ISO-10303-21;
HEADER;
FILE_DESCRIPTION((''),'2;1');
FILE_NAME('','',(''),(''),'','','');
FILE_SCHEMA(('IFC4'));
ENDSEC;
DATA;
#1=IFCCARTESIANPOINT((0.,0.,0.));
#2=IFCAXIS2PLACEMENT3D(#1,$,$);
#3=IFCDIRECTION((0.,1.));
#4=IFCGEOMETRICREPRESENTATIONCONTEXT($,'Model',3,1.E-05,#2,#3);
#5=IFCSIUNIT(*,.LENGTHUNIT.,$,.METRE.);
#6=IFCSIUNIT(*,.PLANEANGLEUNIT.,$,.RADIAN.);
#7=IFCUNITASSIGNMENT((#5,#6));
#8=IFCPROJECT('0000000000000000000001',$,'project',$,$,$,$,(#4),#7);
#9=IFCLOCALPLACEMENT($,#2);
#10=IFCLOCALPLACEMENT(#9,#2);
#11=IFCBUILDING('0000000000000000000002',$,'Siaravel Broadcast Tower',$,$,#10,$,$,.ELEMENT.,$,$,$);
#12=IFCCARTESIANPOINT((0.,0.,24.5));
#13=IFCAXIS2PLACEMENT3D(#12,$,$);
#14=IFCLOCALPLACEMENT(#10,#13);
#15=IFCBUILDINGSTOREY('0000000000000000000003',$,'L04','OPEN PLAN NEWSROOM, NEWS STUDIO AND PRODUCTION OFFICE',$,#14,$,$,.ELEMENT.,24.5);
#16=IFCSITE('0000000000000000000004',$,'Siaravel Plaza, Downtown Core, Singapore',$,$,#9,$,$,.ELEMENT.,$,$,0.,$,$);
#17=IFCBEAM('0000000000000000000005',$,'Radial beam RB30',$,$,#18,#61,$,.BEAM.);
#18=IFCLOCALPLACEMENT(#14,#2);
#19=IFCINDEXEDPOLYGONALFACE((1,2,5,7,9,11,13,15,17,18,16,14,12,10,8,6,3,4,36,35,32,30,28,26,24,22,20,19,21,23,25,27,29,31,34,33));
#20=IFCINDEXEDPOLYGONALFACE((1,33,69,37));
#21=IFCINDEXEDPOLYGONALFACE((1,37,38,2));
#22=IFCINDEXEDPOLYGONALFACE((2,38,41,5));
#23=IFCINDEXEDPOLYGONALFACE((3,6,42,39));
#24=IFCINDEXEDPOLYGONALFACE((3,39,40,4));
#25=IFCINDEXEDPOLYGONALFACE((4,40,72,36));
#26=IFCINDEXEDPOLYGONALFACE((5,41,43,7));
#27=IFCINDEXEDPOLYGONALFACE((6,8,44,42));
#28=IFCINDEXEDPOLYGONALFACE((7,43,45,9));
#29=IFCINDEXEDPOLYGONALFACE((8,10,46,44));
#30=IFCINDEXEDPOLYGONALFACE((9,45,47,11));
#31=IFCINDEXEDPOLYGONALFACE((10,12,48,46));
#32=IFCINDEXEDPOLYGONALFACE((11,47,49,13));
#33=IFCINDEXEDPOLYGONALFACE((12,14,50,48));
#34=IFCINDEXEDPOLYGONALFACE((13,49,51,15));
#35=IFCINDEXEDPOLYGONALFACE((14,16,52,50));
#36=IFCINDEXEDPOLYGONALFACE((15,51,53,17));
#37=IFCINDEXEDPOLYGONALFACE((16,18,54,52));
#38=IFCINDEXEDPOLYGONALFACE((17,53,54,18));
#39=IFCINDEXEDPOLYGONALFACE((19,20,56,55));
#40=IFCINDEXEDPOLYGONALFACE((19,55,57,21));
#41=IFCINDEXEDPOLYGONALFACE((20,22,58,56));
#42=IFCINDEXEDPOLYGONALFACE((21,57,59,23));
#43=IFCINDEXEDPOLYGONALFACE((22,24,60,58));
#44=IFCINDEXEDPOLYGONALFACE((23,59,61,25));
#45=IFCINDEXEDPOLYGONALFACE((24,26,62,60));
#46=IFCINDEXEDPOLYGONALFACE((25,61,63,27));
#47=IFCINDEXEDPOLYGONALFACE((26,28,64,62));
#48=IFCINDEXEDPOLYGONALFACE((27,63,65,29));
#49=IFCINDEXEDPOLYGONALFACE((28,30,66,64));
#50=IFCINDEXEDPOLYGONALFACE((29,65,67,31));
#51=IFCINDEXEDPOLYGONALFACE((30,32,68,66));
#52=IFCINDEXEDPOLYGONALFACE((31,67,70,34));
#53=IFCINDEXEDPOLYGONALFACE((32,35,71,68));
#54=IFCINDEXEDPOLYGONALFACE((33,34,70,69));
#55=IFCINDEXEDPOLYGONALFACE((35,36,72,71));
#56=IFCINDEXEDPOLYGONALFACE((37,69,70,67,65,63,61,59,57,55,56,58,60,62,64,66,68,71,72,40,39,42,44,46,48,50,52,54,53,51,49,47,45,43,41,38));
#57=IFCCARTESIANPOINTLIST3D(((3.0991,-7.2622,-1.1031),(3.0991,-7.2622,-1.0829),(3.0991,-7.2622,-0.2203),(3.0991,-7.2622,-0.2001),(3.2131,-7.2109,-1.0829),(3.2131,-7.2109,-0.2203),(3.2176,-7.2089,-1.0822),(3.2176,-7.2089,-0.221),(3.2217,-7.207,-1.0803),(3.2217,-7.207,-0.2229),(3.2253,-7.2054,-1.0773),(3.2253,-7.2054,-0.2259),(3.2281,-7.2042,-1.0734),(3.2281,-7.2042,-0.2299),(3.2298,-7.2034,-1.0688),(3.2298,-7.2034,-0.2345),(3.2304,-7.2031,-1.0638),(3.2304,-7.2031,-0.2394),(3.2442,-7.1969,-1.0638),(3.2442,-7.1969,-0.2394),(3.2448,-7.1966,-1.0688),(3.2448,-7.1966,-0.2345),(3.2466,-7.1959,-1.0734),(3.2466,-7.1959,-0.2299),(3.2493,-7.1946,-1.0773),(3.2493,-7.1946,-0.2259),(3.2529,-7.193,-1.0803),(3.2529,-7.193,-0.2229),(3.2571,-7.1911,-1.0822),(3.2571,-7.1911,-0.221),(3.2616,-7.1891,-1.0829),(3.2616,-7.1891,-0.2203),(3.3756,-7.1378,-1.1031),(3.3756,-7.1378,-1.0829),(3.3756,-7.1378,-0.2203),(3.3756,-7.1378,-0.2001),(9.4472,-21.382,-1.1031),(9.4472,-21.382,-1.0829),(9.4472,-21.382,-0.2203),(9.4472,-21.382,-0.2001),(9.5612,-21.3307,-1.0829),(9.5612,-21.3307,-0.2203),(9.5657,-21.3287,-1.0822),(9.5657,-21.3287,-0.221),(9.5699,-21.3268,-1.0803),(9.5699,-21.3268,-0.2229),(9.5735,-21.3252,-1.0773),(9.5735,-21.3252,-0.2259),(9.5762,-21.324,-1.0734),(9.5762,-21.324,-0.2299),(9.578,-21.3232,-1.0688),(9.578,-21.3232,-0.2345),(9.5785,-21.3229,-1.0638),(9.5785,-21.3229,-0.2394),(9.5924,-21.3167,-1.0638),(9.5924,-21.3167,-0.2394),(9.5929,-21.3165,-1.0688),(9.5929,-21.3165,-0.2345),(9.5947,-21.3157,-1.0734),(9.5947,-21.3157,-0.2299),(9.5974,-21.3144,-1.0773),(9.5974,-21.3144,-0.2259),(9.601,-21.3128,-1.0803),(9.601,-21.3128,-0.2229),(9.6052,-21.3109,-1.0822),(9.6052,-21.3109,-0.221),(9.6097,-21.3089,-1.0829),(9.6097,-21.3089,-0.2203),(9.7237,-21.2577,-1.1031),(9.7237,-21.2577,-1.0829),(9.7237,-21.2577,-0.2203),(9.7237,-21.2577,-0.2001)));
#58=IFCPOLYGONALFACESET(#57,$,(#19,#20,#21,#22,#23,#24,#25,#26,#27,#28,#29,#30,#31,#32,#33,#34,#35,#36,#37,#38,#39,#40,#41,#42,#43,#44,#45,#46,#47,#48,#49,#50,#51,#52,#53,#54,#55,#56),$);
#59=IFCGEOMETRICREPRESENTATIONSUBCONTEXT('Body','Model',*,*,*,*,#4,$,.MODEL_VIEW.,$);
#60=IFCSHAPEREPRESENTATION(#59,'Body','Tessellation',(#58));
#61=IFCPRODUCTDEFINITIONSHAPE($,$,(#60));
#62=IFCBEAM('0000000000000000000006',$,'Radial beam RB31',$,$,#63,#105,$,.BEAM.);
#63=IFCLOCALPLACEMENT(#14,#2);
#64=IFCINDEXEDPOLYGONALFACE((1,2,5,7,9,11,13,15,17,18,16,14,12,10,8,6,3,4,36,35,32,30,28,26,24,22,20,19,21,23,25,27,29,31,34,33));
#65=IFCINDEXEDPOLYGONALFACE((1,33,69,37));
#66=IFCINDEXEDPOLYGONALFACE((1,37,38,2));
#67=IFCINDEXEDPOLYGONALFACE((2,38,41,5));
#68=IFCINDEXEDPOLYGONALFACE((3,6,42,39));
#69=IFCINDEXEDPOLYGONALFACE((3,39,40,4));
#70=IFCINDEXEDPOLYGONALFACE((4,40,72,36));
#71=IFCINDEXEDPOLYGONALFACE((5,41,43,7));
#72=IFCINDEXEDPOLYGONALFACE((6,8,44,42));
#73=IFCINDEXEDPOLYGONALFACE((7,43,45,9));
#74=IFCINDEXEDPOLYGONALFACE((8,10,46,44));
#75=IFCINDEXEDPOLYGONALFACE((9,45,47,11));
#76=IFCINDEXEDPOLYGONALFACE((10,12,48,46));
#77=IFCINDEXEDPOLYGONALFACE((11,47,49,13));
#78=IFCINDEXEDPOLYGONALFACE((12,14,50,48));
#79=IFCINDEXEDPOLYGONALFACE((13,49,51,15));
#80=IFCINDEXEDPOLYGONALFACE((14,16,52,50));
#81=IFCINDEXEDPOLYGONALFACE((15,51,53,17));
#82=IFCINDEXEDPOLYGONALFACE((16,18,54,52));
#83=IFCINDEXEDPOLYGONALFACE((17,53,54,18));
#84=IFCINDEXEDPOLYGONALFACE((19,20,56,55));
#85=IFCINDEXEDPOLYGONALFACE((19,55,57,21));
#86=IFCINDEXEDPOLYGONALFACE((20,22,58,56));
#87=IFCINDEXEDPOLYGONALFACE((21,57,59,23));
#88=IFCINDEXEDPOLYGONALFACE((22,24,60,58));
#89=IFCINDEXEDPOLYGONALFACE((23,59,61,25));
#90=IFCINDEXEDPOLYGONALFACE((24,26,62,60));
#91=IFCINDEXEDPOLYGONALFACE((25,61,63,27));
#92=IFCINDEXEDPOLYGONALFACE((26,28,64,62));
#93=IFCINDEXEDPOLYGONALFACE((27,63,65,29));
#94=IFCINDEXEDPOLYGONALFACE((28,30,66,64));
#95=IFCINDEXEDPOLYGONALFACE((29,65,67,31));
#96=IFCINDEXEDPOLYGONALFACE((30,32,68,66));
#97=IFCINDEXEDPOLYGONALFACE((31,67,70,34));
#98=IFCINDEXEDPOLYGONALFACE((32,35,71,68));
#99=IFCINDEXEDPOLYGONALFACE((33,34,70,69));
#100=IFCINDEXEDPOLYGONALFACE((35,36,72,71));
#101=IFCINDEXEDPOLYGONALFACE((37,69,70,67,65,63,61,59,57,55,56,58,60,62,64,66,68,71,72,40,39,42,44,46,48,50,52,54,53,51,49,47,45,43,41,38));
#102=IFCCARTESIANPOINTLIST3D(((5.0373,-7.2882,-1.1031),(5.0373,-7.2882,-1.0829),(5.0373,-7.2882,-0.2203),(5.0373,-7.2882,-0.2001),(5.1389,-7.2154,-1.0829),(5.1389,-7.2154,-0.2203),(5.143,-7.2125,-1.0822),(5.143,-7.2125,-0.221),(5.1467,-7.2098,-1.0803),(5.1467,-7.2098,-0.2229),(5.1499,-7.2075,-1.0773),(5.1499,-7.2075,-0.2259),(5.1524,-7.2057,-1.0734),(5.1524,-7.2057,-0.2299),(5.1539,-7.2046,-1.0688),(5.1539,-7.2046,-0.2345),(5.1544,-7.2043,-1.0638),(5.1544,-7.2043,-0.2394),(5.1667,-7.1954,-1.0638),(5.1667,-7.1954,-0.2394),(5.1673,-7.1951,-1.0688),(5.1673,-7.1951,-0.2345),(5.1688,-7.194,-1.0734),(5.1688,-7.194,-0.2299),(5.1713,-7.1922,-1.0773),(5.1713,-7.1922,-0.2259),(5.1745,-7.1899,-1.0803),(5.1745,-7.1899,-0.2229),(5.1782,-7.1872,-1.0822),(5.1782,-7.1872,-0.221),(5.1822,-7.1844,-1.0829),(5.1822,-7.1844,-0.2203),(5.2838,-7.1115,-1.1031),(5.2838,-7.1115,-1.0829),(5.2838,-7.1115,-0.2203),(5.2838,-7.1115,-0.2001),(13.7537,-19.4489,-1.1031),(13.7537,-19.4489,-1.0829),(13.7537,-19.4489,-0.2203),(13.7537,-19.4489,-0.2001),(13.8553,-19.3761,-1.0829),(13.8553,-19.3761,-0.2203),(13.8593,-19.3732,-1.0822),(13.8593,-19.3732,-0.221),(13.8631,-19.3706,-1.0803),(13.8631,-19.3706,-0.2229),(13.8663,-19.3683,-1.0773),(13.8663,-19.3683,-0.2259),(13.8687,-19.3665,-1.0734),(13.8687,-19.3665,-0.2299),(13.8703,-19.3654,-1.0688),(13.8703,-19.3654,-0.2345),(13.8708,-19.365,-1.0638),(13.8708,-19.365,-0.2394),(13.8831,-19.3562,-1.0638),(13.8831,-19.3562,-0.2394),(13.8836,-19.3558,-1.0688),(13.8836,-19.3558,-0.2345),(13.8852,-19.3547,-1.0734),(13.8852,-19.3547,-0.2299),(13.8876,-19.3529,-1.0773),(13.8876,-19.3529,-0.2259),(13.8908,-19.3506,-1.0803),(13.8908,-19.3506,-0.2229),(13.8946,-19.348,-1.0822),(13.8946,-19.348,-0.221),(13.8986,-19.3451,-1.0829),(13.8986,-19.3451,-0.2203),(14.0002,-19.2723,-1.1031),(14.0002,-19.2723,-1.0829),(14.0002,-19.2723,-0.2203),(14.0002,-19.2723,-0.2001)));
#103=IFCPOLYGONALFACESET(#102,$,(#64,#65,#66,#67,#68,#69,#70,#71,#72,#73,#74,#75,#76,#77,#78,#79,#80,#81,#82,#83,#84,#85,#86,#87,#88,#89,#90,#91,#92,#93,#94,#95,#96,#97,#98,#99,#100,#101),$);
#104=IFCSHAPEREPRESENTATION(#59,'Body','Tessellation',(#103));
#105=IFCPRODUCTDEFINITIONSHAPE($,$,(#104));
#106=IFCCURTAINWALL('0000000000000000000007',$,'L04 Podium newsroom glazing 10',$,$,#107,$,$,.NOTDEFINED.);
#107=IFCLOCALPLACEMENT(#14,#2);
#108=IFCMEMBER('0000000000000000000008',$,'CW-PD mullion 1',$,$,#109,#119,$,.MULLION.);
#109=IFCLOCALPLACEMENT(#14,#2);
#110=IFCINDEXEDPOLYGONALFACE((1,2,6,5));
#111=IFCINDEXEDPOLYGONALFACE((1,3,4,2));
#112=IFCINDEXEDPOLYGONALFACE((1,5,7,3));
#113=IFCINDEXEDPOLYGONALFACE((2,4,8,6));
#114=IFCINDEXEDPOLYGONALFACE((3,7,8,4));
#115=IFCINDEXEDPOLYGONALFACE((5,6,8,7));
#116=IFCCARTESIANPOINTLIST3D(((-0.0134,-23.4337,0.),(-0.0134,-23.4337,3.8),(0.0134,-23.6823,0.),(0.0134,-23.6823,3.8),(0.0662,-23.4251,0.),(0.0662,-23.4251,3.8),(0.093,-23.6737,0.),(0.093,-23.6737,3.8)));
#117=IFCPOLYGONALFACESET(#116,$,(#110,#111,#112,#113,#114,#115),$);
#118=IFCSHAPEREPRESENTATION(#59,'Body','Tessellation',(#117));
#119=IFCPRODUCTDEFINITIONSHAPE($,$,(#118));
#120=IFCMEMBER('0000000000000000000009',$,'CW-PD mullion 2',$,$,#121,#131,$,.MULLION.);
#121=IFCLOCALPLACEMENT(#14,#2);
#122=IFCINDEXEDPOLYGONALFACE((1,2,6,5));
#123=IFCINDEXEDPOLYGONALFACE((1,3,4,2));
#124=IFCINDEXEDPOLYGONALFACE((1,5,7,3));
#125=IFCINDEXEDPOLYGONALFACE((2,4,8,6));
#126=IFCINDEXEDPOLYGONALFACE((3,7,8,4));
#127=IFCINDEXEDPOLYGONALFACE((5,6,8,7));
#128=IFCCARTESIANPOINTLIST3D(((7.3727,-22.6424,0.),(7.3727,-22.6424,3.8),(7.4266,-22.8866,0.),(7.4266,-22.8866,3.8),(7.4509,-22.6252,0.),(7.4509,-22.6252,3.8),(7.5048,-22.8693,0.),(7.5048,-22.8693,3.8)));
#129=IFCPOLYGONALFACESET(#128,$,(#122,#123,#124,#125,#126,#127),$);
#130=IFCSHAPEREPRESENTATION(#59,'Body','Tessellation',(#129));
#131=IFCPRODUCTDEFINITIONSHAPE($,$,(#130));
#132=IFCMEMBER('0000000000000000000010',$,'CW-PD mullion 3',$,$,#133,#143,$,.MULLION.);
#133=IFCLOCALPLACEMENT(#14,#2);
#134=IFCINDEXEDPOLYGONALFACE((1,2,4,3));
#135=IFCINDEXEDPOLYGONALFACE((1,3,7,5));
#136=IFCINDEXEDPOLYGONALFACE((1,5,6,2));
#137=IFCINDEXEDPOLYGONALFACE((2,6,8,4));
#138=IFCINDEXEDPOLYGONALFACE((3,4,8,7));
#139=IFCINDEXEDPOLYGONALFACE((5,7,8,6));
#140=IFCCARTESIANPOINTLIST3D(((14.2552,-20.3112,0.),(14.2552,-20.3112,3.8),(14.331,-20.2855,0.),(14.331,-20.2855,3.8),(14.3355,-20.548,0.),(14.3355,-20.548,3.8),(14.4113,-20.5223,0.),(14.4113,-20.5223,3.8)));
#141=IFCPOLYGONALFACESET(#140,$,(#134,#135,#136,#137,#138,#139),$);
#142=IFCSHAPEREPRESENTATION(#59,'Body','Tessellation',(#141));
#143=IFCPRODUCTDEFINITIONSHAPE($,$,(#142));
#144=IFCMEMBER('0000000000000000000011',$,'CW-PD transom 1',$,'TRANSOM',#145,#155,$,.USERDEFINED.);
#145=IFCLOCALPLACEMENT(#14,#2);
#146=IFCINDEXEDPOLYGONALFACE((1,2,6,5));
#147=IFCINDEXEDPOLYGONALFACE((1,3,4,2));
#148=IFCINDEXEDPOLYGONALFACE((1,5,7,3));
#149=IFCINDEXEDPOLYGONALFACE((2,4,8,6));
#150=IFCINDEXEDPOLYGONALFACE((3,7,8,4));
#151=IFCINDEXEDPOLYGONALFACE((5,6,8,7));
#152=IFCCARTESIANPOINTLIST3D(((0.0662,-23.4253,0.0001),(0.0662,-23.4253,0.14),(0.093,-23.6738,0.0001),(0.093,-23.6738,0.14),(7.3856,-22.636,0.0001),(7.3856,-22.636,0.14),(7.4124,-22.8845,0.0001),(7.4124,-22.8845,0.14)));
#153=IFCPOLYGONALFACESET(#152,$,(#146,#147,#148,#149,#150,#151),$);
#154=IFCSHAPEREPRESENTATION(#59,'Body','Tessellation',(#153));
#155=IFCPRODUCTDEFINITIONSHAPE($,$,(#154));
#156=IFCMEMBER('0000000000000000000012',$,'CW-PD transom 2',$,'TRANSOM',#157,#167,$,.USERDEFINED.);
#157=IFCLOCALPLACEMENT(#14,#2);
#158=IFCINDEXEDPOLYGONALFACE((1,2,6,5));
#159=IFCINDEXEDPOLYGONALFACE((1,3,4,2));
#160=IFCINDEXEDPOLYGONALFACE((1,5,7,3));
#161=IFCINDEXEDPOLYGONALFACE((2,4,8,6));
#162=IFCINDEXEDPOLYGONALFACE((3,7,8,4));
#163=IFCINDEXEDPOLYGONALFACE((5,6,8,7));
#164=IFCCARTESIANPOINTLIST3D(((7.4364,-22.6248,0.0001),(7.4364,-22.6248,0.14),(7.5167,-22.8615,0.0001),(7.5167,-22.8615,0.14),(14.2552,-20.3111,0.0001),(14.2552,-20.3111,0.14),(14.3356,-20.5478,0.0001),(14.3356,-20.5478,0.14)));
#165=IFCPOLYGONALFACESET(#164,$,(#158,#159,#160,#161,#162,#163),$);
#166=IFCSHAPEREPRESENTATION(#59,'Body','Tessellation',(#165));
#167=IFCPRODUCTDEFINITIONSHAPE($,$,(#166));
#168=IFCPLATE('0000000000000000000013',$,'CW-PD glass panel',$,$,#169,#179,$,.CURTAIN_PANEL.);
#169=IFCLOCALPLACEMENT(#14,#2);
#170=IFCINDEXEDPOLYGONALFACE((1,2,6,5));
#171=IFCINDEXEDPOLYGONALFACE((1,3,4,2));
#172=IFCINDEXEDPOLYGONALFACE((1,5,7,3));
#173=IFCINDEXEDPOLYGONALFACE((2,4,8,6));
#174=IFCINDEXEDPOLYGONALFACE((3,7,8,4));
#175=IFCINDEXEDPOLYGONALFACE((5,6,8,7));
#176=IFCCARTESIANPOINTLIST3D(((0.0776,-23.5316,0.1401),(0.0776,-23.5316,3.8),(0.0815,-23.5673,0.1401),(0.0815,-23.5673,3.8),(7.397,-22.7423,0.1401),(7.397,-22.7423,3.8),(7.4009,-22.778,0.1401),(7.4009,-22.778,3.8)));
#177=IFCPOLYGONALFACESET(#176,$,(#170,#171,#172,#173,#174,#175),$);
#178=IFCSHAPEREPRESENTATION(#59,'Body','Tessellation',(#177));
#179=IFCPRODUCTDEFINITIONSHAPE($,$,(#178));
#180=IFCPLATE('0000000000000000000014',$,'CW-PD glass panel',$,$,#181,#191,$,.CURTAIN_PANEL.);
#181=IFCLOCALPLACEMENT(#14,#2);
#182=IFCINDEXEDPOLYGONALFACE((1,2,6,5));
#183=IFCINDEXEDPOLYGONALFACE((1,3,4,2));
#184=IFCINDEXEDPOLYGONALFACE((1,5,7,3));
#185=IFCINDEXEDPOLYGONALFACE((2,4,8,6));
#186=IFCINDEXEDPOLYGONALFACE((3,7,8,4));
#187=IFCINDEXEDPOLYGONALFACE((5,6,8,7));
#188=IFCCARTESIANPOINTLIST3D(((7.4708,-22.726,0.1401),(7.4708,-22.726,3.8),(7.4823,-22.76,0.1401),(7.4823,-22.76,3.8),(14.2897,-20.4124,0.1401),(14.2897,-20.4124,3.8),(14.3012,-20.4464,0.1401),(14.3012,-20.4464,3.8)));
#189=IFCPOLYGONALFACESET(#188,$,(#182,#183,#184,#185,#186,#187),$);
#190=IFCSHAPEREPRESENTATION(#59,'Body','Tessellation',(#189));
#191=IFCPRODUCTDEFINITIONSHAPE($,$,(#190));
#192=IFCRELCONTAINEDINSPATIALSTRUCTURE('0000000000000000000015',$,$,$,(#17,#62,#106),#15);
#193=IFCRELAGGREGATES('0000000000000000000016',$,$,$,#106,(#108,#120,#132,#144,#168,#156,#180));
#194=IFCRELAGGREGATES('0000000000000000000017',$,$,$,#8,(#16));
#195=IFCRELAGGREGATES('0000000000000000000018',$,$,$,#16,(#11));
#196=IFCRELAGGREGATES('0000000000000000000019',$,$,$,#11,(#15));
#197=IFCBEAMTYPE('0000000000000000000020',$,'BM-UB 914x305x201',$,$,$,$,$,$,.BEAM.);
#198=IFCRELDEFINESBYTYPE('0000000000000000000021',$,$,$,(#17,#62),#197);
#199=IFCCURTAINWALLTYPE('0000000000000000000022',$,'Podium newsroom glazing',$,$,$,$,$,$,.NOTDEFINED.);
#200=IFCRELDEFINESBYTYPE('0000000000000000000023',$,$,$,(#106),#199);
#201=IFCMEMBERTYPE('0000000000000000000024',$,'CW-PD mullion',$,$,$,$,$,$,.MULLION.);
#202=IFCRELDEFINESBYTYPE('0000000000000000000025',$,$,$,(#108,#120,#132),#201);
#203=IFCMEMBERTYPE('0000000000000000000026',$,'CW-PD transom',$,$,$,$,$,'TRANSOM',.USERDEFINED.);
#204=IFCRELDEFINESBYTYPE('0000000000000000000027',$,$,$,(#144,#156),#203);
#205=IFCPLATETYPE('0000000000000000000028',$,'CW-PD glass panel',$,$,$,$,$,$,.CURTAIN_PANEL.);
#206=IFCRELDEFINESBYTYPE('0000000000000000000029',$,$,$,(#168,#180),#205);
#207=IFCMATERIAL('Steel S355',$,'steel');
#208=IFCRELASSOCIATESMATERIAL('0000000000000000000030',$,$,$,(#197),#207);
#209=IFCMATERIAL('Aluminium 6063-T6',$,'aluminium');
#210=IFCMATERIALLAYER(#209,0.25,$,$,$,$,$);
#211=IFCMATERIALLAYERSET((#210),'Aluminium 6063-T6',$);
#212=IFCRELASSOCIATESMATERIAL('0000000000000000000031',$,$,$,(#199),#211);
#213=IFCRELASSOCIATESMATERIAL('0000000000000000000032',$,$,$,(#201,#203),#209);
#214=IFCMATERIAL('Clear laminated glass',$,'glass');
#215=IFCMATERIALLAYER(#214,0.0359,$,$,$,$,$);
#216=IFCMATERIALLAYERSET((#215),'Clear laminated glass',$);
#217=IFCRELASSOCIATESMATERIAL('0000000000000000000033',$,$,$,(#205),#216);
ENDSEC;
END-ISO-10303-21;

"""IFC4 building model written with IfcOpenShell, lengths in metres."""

from ifc_helpers import new_model, si_unit, direction, frame, origin, origin_2d, place, context, subcontext, project, spatial, rectangle, i_section, extrude, material, layer, layer_set, material_profile, profile_set, type_object, element, aggregate, save


model = new_model("IFC4")

# Units and contexts
model_context = context("Model", 3, precision=1e-05, world=origin(), true_north=direction((0.0, 1.0)))
body_context = subcontext(model_context, "Body", "Model", "MODEL_VIEW")
ifc_project = project(units=[si_unit("LENGTHUNIT", "METRE"), si_unit("PLANEANGLEUNIT", "RADIAN")], contexts=[model_context])

# Site, building, storey
site_placement = place(None, origin())
site = spatial("IfcSite", under=ifc_project, at=site_placement, Name="Siaravel Plaza, Downtown Core, Singapore", CompositionType="ELEMENT", RefElevation=0.0)
building_placement = place(site_placement, origin())
building = spatial("IfcBuilding", under=site, at=building_placement, Name="Siaravel Broadcast Tower", CompositionType="ELEMENT")
storey_placement = place(building_placement, frame((0.0, 0.0, 24.5)))
storey = spatial("IfcBuildingStorey", under=building, at=storey_placement, Name="L04", Description="OPEN PLAN NEWSROOM, NEWS STUDIO AND PRODUCTION OFFICE", CompositionType="ELEMENT", Elevation=24.5)

# Beams
ifc_material_1 = material(Name="Steel S355", Category="steel")
ifc_material_profile_1 = material_profile(ifc_material_1, i_section(OverallWidth=0.3032, OverallDepth=0.9031, WebThickness=0.0151, FlangeThickness=0.0203, FilletRadius=0.019, at=origin_2d()))
ifc_profile_set_1 = profile_set([ifc_material_profile_1], Name="Steel S355")
beam_type = type_object("IfcBeamType", Name="BM-UB 914x305x201", PredefinedType="BEAM", material=ifc_profile_set_1)
beam_1_placement = place(storey_placement, frame((9.5854, -21.3198, -0.6516), z_axis=(-0.410053, 0.912062, 0.0), x_axis=(-0.912062, -0.410053, 0.0)))
element("IfcBeam", 1, at=beam_1_placement, inside=storey, type_object=beam_type, Name="Radial beam RB30", PredefinedType="BEAM", context=body_context, shape_type="SweptSolid", body=[
    extrude(i_section(OverallWidth=0.3032, OverallDepth=0.9031, WebThickness=0.0151, FlangeThickness=0.0203, FilletRadius=0.019, at=origin_2d()), origin(), (0.0, 0.0, 1.0), 15.4812),
])
beam_2_placement = place(storey_placement, frame((13.877, -19.3606, -0.6516), z_axis=(-0.582571, 0.81278, 0.0), x_axis=(-0.81278, -0.582571, 0.0)))
element("IfcBeam", 2, at=beam_2_placement, inside=storey, type_object=beam_type, Name="Radial beam RB31", PredefinedType="BEAM", context=body_context, shape_type="SweptSolid", body=[
    extrude(i_section(OverallWidth=0.3032, OverallDepth=0.9031, WebThickness=0.0151, FlangeThickness=0.0203, FilletRadius=0.019, at=origin_2d()), origin(), (0.0, 0.0, 1.0), 14.9619),
])

# Curtain wall, members, plates
ifc_material_2 = material(Name="Aluminium 6063-T6", Category="aluminium")
ifc_layer_1 = layer(ifc_material_2, 0.25)
ifc_layer_set_1 = layer_set([ifc_layer_1], Name="Aluminium 6063-T6")
curtain_wall_type = type_object("IfcCurtainWallType", Name="Podium newsroom glazing", PredefinedType="NOTDEFINED", material=ifc_layer_set_1)
curtain_wall_placement = place(storey_placement, origin())
curtain_wall = element("IfcCurtainWall", 3, at=curtain_wall_placement, inside=storey, type_object=curtain_wall_type, Name="L04 Podium newsroom glazing 10", PredefinedType="NOTDEFINED")
ifc_material_profile_2 = material_profile(ifc_material_2, rectangle(XDim=0.25, YDim=0.0801, at=origin_2d()))
ifc_profile_set_2 = profile_set([ifc_material_profile_2], Name="Aluminium 6063-T6")
member_type_1 = type_object("IfcMemberType", Name="CW-PD mullion", PredefinedType="MULLION", material=ifc_profile_set_2)
member_1_placement = place(storey_placement, frame((0.0398, -23.5537, 0.0), z_axis=(0.0, 0.0, 1.0), x_axis=(-0.107217, 0.994236, 0.0)))
member_1 = element("IfcMember", 4, at=member_1_placement, type_object=member_type_1, Name="CW-PD mullion 1", PredefinedType="MULLION", context=body_context, shape_type="SweptSolid", body=[
    extrude(rectangle(XDim=0.25, YDim=0.0801, at=origin_2d()), origin(), (0.0, 0.0, 1.0), 3.8),
])
member_2_placement = place(storey_placement, frame((7.4387, -22.7559, 0.0), z_axis=(0.0, 0.0, 1.0), x_axis=(-0.215558, 0.976491, 0.0)))
member_2 = element("IfcMember", 5, at=member_2_placement, type_object=member_type_1, Name="CW-PD mullion 2", PredefinedType="MULLION", context=body_context, shape_type="SweptSolid", body=[
    extrude(rectangle(XDim=0.25, YDim=0.0801, at=origin_2d()), origin(), (0.0, 0.0, 1.0), 3.8),
])
member_3_placement = place(storey_placement, frame((14.3333, -20.4167, 0.0), z_axis=(0.0, 0.0, 1.0), x_axis=(-0.3213, 0.946977, 0.0)))
member_3 = element("IfcMember", 6, at=member_3_placement, type_object=member_type_1, Name="CW-PD mullion 3", PredefinedType="MULLION", context=body_context, shape_type="SweptSolid", body=[
    extrude(rectangle(XDim=0.25, YDim=0.0801, at=origin_2d()), origin(), (0.0, 0.0, 1.0), 3.8),
])
ifc_material_profile_3 = material_profile(ifc_material_2, rectangle(XDim=0.25, YDim=0.1399, at=origin_2d()))
ifc_profile_set_3 = profile_set([ifc_material_profile_3], Name="Aluminium 6063-T6")
member_type_2 = type_object("IfcMemberType", Name="CW-PD transom", ElementType="TRANSOM", PredefinedType="USERDEFINED", material=ifc_profile_set_3)
member_4_placement = place(storey_placement, frame((0.0796, -23.5496, 0.0701), z_axis=(0.994236, 0.107217, 0.0), x_axis=(-0.107217, 0.994236, 0.0)))
member_4 = element("IfcMember", 7, at=member_4_placement, type_object=member_type_2, Name="CW-PD transom 1", ObjectType="TRANSOM", PredefinedType="USERDEFINED", context=body_context, shape_type="SweptSolid", body=[
    extrude(rectangle(XDim=0.25, YDim=0.1399, at=origin_2d()), origin(), (0.0, 0.0, 1.0), 7.3618),
])
member_5_placement = place(storey_placement, frame((7.4766, -22.7432, 0.0701), z_axis=(0.946971, 0.321319, 0.0), x_axis=(-0.321319, 0.946971, 0.0)))
member_5 = element("IfcMember", 8, at=member_5_placement, type_object=member_type_2, Name="CW-PD transom 2", ObjectType="TRANSOM", PredefinedType="USERDEFINED", context=body_context, shape_type="SweptSolid", body=[
    extrude(rectangle(XDim=0.25, YDim=0.1399, at=origin_2d()), origin(), (0.0, 0.0, 1.0), 7.2007),
])
ifc_material_3 = material(Name="Clear laminated glass", Category="glass")
ifc_layer_2 = layer(ifc_material_3, 0.0359)
ifc_layer_set_2 = layer_set([ifc_layer_2], Name="Clear laminated glass")
plate_type = type_object("IfcPlateType", Name="CW-PD glass panel", PredefinedType="CURTAIN_PANEL", material=ifc_layer_set_2)
plate_1_placement = place(storey_placement, frame((3.7393, -23.1548, 0.1401), z_axis=(0.0, 0.0, 1.0), x_axis=(0.994236, 0.107217, 0.0)))
plate_1 = element("IfcPlate", 9, at=plate_1_placement, type_object=plate_type, Name="CW-PD glass panel", PredefinedType="CURTAIN_PANEL", context=body_context, shape_type="SweptSolid", body=[
    extrude(rectangle(XDim=7.3618, YDim=0.0359, at=origin_2d()), origin(), (0.0, 0.0, 1.0), 3.6599),
])
plate_2_placement = place(storey_placement, frame((10.886, -21.5862, 0.1401), z_axis=(0.0, 0.0, 1.0), x_axis=(0.946977, 0.3213, 0.0)))
plate_2 = element("IfcPlate", 10, at=plate_2_placement, type_object=plate_type, Name="CW-PD glass panel", PredefinedType="CURTAIN_PANEL", context=body_context, shape_type="SweptSolid", body=[
    extrude(rectangle(XDim=7.2007, YDim=0.0359, at=origin_2d()), origin(), (0.0, 0.0, 1.0), 3.6599),
])
aggregate(curtain_wall, [member_1, member_2, member_3, member_4, plate_1, member_5, plate_2])

save(model, "model.ifc")
